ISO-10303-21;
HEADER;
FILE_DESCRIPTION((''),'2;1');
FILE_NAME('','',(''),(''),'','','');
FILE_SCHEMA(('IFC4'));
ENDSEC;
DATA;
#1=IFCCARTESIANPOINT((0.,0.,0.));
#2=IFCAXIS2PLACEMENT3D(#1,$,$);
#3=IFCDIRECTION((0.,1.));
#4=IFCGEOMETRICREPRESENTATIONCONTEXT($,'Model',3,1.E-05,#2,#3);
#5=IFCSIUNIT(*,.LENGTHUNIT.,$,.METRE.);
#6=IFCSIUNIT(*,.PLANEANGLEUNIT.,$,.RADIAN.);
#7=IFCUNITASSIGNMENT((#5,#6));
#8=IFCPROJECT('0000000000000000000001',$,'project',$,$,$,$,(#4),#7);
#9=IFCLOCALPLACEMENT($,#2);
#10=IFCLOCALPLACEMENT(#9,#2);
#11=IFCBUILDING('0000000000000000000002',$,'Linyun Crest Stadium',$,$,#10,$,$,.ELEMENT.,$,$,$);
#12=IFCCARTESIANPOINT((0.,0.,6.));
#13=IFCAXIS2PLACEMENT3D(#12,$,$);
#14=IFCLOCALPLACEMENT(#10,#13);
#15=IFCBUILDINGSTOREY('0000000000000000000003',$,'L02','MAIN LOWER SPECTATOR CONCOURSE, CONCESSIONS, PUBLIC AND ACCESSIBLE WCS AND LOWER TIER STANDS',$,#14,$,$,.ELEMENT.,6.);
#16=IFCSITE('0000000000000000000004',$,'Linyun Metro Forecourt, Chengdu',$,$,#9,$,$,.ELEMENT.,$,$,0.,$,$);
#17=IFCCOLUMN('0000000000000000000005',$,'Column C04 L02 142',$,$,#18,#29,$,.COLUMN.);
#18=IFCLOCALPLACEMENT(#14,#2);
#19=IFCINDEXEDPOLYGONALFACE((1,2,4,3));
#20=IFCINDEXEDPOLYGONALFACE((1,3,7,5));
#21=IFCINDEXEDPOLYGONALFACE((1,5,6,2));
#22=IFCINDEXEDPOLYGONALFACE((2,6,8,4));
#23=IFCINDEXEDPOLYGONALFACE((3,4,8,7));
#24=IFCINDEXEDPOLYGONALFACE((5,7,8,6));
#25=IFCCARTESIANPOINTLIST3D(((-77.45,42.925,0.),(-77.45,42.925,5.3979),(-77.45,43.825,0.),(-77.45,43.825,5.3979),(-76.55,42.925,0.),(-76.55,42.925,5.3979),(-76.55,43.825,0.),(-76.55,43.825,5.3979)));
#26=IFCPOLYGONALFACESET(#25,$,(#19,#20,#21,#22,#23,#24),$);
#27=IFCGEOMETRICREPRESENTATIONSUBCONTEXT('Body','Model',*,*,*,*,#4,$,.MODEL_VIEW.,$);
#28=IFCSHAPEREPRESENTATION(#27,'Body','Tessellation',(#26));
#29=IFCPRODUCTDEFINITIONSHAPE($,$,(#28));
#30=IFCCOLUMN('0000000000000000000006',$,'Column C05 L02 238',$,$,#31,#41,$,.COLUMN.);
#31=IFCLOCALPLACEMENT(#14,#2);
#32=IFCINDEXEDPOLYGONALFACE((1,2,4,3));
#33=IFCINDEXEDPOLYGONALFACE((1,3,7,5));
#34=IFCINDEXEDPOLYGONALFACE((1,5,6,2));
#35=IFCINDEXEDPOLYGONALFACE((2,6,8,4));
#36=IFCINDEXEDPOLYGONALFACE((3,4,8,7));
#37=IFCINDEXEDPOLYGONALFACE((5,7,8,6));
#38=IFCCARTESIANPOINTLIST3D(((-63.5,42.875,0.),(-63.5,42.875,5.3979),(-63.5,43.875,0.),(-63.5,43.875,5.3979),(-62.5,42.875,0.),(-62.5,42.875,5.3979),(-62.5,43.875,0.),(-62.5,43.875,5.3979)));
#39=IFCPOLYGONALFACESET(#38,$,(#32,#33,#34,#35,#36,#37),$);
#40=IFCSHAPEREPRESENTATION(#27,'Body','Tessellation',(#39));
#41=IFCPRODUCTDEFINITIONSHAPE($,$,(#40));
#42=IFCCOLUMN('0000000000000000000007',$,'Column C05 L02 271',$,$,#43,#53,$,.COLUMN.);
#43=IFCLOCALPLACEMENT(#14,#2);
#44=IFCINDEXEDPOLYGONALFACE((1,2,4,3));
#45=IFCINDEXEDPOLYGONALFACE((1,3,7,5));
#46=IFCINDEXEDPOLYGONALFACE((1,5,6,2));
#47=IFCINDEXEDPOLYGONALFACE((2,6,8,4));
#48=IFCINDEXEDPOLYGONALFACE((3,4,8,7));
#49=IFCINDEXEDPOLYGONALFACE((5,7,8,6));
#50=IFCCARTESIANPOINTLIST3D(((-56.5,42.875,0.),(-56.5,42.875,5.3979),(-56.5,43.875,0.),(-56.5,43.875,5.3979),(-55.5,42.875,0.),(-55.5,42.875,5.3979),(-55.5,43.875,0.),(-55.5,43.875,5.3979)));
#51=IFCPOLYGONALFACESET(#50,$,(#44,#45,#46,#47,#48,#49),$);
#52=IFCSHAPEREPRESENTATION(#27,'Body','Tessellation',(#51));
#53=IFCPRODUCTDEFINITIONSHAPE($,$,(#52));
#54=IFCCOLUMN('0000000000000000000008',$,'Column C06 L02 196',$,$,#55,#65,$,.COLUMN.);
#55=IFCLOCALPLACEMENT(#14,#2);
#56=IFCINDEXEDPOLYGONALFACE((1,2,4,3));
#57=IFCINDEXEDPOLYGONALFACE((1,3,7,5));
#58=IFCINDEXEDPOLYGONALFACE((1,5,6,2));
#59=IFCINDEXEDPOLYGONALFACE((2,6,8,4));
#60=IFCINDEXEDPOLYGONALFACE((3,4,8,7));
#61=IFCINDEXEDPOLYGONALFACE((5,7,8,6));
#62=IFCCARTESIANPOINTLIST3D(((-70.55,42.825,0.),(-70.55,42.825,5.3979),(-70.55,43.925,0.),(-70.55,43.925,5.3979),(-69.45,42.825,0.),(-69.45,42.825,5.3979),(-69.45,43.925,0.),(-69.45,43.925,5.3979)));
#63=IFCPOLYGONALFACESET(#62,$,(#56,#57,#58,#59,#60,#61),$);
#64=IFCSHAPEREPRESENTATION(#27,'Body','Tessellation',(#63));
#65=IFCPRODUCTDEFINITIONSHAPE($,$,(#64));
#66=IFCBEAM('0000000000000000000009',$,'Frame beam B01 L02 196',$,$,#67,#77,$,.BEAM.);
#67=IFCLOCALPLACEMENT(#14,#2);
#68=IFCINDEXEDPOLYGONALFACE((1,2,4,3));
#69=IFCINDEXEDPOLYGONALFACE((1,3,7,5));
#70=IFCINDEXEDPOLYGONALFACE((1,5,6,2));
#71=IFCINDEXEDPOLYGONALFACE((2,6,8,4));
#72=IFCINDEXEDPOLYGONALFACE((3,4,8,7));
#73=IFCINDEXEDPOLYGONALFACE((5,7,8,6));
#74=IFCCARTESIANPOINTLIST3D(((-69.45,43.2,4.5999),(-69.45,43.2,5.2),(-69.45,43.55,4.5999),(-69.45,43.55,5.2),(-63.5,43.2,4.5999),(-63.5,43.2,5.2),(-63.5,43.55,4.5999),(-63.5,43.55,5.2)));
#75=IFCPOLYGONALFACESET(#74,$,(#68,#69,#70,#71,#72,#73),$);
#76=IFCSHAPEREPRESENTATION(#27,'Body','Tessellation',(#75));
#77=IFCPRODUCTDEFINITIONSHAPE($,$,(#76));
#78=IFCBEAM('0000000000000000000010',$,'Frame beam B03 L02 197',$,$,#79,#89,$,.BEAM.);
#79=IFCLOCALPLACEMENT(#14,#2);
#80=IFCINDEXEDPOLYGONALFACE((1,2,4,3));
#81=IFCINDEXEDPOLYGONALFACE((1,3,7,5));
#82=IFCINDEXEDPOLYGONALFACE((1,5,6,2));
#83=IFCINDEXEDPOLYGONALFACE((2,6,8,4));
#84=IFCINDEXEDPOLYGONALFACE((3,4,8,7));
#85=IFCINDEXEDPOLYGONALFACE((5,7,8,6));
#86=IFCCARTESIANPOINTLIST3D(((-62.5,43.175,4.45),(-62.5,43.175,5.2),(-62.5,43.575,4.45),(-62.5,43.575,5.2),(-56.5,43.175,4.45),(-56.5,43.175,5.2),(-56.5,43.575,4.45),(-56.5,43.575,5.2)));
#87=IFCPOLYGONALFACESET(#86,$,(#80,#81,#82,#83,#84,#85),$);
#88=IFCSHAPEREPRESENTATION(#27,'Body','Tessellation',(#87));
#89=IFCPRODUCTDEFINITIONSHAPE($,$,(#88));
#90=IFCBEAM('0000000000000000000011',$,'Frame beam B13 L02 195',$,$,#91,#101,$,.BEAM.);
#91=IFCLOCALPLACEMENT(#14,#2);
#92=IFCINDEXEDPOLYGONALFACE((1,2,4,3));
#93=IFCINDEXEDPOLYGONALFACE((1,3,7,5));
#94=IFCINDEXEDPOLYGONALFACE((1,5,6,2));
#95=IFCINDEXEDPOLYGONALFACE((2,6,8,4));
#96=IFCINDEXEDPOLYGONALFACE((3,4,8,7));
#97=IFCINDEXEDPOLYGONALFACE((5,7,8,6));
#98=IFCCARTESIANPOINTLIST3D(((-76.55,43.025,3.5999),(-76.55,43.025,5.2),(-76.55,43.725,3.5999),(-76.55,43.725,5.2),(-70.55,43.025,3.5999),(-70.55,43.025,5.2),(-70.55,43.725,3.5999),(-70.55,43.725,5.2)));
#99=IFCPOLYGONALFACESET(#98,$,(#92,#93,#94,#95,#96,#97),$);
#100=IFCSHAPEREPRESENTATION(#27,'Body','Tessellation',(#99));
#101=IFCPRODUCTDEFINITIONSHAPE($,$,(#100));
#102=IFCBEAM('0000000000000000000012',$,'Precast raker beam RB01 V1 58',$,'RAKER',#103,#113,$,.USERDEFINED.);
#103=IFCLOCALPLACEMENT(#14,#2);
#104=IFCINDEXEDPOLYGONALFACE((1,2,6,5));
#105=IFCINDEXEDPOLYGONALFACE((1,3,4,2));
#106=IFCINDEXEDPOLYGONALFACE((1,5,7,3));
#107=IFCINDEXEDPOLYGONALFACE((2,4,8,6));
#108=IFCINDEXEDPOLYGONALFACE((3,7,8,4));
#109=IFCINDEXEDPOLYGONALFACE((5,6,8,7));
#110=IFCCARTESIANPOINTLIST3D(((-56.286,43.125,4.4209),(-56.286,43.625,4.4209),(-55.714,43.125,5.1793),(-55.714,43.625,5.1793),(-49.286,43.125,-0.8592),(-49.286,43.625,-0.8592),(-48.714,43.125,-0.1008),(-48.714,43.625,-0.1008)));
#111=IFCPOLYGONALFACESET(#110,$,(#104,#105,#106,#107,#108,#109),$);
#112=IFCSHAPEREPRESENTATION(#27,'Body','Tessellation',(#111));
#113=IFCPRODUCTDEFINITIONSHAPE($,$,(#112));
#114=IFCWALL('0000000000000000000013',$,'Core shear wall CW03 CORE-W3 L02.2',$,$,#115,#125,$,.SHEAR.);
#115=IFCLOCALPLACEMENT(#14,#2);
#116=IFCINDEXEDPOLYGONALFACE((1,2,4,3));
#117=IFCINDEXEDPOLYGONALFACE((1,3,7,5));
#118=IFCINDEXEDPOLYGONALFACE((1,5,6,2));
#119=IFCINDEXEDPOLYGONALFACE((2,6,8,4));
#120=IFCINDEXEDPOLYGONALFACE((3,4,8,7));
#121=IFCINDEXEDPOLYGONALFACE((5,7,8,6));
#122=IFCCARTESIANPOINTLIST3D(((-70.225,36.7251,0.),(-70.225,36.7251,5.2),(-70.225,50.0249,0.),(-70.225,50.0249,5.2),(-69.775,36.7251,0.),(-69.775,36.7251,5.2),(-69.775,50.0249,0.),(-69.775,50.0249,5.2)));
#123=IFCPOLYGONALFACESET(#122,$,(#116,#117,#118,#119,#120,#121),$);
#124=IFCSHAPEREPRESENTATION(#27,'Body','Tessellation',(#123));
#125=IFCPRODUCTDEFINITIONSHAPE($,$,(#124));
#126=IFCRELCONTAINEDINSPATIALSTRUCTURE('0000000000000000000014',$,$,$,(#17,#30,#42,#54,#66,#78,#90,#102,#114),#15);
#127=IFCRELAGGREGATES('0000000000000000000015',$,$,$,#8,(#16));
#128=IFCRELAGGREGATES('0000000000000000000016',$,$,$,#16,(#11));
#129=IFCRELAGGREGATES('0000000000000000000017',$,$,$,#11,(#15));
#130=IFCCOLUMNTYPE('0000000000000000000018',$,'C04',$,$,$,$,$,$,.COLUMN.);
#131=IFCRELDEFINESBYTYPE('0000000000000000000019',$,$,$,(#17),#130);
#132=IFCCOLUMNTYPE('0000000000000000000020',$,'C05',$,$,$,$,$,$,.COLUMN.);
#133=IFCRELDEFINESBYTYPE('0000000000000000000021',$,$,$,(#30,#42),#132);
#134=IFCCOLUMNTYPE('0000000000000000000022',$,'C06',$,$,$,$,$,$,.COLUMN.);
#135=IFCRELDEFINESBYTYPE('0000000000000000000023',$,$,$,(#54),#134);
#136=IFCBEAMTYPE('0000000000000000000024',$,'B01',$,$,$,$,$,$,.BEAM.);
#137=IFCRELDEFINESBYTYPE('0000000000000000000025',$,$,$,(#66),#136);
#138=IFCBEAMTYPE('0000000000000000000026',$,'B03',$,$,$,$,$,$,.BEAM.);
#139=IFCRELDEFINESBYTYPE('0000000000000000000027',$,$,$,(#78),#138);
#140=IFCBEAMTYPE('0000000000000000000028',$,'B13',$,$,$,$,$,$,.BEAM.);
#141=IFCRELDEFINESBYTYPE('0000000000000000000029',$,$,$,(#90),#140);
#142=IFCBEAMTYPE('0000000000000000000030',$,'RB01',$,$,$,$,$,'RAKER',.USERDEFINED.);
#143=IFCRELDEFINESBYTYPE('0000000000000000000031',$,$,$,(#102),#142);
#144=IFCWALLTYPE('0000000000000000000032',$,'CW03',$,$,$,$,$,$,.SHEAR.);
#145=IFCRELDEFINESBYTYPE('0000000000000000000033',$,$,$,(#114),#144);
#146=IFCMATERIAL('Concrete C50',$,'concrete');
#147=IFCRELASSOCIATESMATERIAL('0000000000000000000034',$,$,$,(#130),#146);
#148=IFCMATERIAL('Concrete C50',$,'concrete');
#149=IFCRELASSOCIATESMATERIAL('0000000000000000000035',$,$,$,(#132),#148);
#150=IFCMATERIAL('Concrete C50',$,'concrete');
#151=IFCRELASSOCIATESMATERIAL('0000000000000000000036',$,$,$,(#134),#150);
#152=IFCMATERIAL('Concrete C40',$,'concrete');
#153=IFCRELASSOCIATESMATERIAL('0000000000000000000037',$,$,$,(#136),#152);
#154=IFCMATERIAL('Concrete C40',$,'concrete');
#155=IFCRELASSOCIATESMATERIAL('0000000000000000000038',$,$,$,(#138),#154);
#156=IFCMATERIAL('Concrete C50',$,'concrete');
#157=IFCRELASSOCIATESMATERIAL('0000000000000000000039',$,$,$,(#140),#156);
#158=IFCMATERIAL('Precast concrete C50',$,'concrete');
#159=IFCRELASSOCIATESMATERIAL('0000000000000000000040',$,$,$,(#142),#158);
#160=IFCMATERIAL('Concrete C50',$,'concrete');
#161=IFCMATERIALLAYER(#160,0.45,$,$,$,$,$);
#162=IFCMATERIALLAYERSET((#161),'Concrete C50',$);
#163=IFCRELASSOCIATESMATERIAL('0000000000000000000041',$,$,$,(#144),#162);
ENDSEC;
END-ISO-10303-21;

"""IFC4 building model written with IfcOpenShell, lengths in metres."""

from ifc_helpers import new_model, si_unit, direction, frame, frame_2d, origin, origin_2d, place, context, subcontext, project, spatial, rectangle, extrude, material, layer, layer_set, material_profile, profile_set, type_object, element, save


model = new_model("IFC4")

# Units and contexts
model_context = context("Model", 3, precision=1e-05, world=origin(), true_north=direction((0.0, 1.0)))
body_context = subcontext(model_context, "Body", "Model", "MODEL_VIEW")
ifc_project = project(units=[si_unit("LENGTHUNIT", "METRE"), si_unit("PLANEANGLEUNIT", "RADIAN")], contexts=[model_context])

# Site, building, storey
site_placement = place(None, origin())
site = spatial("IfcSite", under=ifc_project, at=site_placement, Name="Linyun Metro Forecourt, Chengdu", CompositionType="ELEMENT", RefElevation=0.0)
building_placement = place(site_placement, origin())
building = spatial("IfcBuilding", under=site, at=building_placement, Name="Linyun Crest Stadium", CompositionType="ELEMENT")
storey_placement = place(building_placement, frame((0.0, 0.0, 6.0)))
storey = spatial("IfcBuildingStorey", under=building, at=storey_placement, Name="L02", Description="MAIN LOWER SPECTATOR CONCOURSE, CONCESSIONS, PUBLIC AND ACCESSIBLE WCS AND LOWER TIER STANDS", CompositionType="ELEMENT", Elevation=6.0)

# Columns
ifc_material_1 = material(Name="Concrete C50", Category="concrete")
ifc_material_profile_1 = material_profile(ifc_material_1, rectangle(XDim=0.8999, YDim=0.8999, at=origin_2d()), Name="RC 900x900")
ifc_profile_set_1 = profile_set([ifc_material_profile_1], Name="Concrete C50")
column_type_1 = type_object("IfcColumnType", Name="C04", PredefinedType="COLUMN", material=ifc_profile_set_1)
column_1_placement = place(storey_placement, frame((-77.0, 43.375, 0.0), z_axis=(0.0, 0.0, 1.0), x_axis=(1.0, 0.0, 0.0)))
element("IfcColumn", 1, at=column_1_placement, inside=storey, type_object=column_type_1, Name="Column C04 L02 142", PredefinedType="COLUMN", context=body_context, shape_type="SweptSolid", body=[
    extrude(rectangle(XDim=0.8999, YDim=0.8999, at=origin_2d()), origin(), (0.0, 0.0, 1.0), 5.3979),
])
ifc_material_2 = material(Name="Concrete C50", Category="concrete")
ifc_material_profile_2 = material_profile(ifc_material_2, rectangle(XDim=1.0, YDim=1.0, at=origin_2d()), Name="RC 1000x1000")
ifc_profile_set_2 = profile_set([ifc_material_profile_2], Name="Concrete C50")
column_type_2 = type_object("IfcColumnType", Name="C05", PredefinedType="COLUMN", material=ifc_profile_set_2)
for number, where, z_axis, x_axis, name in (
    (2, (-63.0, 43.375, 0.0), (0.0, 0.0, 1.0), (1.0, 0.0, 0.0), "Column C05 L02 238"),
    (3, (-56.0, 43.375, 0.0), (0.0, 0.0, 1.0), (1.0, 0.0, 0.0), "Column C05 L02 271"),
):
    element("IfcColumn", number, at=place(storey_placement, frame(where, z_axis=z_axis, x_axis=x_axis)), inside=storey, type_object=column_type_2, Name=name, PredefinedType="COLUMN", context=body_context, shape_type="SweptSolid", body=[
        extrude(rectangle(XDim=1.0, YDim=1.0, at=origin_2d()), origin(), (0.0, 0.0, 1.0), 5.3979),
    ])
ifc_material_3 = material(Name="Concrete C50", Category="concrete")
ifc_material_profile_3 = material_profile(ifc_material_3, rectangle(XDim=1.1001, YDim=1.1001, at=origin_2d()), Name="RC 1100x1100")
ifc_profile_set_3 = profile_set([ifc_material_profile_3], Name="Concrete C50")
column_type_3 = type_object("IfcColumnType", Name="C06", PredefinedType="COLUMN", material=ifc_profile_set_3)
column_2_placement = place(storey_placement, frame((-70.0, 43.375, 0.0), z_axis=(0.0, 0.0, 1.0), x_axis=(1.0, 0.0, 0.0)))
element("IfcColumn", 4, at=column_2_placement, inside=storey, type_object=column_type_3, Name="Column C06 L02 196", PredefinedType="COLUMN", context=body_context, shape_type="SweptSolid", body=[
    extrude(rectangle(XDim=1.1001, YDim=1.1001, at=origin_2d()), origin(), (0.0, 0.0, 1.0), 5.3979),
])

# Beams
ifc_material_4 = material(Name="Concrete C40", Category="concrete")
ifc_material_profile_4 = material_profile(ifc_material_4, rectangle(XDim=0.3501, YDim=0.6001, at=origin_2d()), Name="RCB 600x350")
ifc_profile_set_4 = profile_set([ifc_material_profile_4], Name="Concrete C40")
beam_type_1 = type_object("IfcBeamType", Name="B01", PredefinedType="BEAM", material=ifc_profile_set_4)
beam_1_placement = place(storey_placement, frame((-69.45, 43.375, 4.8999), z_axis=(1.0, 0.0, 0.0), x_axis=(0.0, 1.0, 0.0)))
element("IfcBeam", 5, at=beam_1_placement, inside=storey, type_object=beam_type_1, Name="Frame beam B01 L02 196", PredefinedType="BEAM", context=body_context, shape_type="SweptSolid", body=[
    extrude(rectangle(XDim=0.3501, YDim=0.6001, at=origin_2d()), origin(), (0.0, 0.0, 1.0), 5.95),
])
ifc_material_5 = material(Name="Concrete C40", Category="concrete")
ifc_material_profile_5 = material_profile(ifc_material_5, rectangle(XDim=0.3999, YDim=0.75, at=origin_2d()), Name="RCB 750x400")
ifc_profile_set_5 = profile_set([ifc_material_profile_5], Name="Concrete C40")
beam_type_2 = type_object("IfcBeamType", Name="B03", PredefinedType="BEAM", material=ifc_profile_set_5)
beam_2_placement = place(storey_placement, frame((-62.5, 43.375, 4.825), z_axis=(1.0, 0.0, 0.0), x_axis=(0.0, 1.0, 0.0)))
element("IfcBeam", 6, at=beam_2_placement, inside=storey, type_object=beam_type_2, Name="Frame beam B03 L02 197", PredefinedType="BEAM", context=body_context, shape_type="SweptSolid", body=[
    extrude(rectangle(XDim=0.3999, YDim=0.75, at=origin_2d()), origin(), (0.0, 0.0, 1.0), 6.0),
])
ifc_material_6 = material(Name="Concrete C50", Category="concrete")
ifc_material_profile_6 = material_profile(ifc_material_6, rectangle(XDim=0.7, YDim=1.6001, at=origin_2d()), Name="RCB 1600x700")
ifc_profile_set_6 = profile_set([ifc_material_profile_6], Name="Concrete C50")
beam_type_3 = type_object("IfcBeamType", Name="B13", PredefinedType="BEAM", material=ifc_profile_set_6)
beam_3_placement = place(storey_placement, frame((-76.55, 43.375, 4.3999), z_axis=(1.0, 0.0, 0.0), x_axis=(0.0, 1.0, 0.0)))
element("IfcBeam", 7, at=beam_3_placement, inside=storey, type_object=beam_type_3, Name="Frame beam B13 L02 195", PredefinedType="BEAM", context=body_context, shape_type="SweptSolid", body=[
    extrude(rectangle(XDim=0.7, YDim=1.6001, at=origin_2d()), origin(), (0.0, 0.0, 1.0), 6.0),
])
ifc_material_7 = material(Name="Precast concrete C50", Category="concrete")
ifc_material_profile_7 = material_profile(ifc_material_7, rectangle(XDim=0.5, YDim=0.95, at=origin_2d()), Name="PCR 950x500")
ifc_profile_set_7 = profile_set([ifc_material_profile_7], Name="Precast concrete C50")
beam_type_4 = type_object("IfcBeamType", Name="RB01", ElementType="RAKER", PredefinedType="USERDEFINED", material=ifc_profile_set_7)
beam_4_placement = place(storey_placement, frame((-49.0, 43.375, -0.48), z_axis=(-0.798353, 0.0, 0.60219), x_axis=(0.0, -1.0, 0.0)))
element("IfcBeam", 8, at=beam_4_placement, inside=storey, type_object=beam_type_4, Name="Precast raker beam RB01 V1 58", ObjectType="RAKER", PredefinedType="USERDEFINED", context=body_context, shape_type="SweptSolid", body=[
    extrude(rectangle(XDim=0.5, YDim=0.95, at=origin_2d()), origin(), (0.0, 0.0, 1.0), 8.7681),
])

# Wall
ifc_material_8 = material(Name="Concrete C50", Category="concrete")
ifc_layer_1 = layer(ifc_material_8, 0.45)
ifc_layer_set_1 = layer_set([ifc_layer_1], Name="Concrete C50")
wall_type_1 = type_object("IfcWallType", Name="CW03", PredefinedType="SHEAR", material=ifc_layer_set_1)
wall_1_placement = place(storey_placement, frame((-70.0, 36.7251, 0.0), z_axis=(0.0, 0.0, 1.0), x_axis=(0.0, 1.0, 0.0)))
element("IfcWall", 9, at=wall_1_placement, inside=storey, type_object=wall_type_1, Name="Core shear wall CW03 CORE-W3 L02.2", PredefinedType="SHEAR", context=body_context, shape_type="SweptSolid", body=[
    extrude(rectangle(XDim=13.2998, YDim=0.45, at=frame_2d((6.6499, 0.0))), origin(), (0.0, 0.0, 1.0), 5.2),
])

save(model, "model.ifc")
